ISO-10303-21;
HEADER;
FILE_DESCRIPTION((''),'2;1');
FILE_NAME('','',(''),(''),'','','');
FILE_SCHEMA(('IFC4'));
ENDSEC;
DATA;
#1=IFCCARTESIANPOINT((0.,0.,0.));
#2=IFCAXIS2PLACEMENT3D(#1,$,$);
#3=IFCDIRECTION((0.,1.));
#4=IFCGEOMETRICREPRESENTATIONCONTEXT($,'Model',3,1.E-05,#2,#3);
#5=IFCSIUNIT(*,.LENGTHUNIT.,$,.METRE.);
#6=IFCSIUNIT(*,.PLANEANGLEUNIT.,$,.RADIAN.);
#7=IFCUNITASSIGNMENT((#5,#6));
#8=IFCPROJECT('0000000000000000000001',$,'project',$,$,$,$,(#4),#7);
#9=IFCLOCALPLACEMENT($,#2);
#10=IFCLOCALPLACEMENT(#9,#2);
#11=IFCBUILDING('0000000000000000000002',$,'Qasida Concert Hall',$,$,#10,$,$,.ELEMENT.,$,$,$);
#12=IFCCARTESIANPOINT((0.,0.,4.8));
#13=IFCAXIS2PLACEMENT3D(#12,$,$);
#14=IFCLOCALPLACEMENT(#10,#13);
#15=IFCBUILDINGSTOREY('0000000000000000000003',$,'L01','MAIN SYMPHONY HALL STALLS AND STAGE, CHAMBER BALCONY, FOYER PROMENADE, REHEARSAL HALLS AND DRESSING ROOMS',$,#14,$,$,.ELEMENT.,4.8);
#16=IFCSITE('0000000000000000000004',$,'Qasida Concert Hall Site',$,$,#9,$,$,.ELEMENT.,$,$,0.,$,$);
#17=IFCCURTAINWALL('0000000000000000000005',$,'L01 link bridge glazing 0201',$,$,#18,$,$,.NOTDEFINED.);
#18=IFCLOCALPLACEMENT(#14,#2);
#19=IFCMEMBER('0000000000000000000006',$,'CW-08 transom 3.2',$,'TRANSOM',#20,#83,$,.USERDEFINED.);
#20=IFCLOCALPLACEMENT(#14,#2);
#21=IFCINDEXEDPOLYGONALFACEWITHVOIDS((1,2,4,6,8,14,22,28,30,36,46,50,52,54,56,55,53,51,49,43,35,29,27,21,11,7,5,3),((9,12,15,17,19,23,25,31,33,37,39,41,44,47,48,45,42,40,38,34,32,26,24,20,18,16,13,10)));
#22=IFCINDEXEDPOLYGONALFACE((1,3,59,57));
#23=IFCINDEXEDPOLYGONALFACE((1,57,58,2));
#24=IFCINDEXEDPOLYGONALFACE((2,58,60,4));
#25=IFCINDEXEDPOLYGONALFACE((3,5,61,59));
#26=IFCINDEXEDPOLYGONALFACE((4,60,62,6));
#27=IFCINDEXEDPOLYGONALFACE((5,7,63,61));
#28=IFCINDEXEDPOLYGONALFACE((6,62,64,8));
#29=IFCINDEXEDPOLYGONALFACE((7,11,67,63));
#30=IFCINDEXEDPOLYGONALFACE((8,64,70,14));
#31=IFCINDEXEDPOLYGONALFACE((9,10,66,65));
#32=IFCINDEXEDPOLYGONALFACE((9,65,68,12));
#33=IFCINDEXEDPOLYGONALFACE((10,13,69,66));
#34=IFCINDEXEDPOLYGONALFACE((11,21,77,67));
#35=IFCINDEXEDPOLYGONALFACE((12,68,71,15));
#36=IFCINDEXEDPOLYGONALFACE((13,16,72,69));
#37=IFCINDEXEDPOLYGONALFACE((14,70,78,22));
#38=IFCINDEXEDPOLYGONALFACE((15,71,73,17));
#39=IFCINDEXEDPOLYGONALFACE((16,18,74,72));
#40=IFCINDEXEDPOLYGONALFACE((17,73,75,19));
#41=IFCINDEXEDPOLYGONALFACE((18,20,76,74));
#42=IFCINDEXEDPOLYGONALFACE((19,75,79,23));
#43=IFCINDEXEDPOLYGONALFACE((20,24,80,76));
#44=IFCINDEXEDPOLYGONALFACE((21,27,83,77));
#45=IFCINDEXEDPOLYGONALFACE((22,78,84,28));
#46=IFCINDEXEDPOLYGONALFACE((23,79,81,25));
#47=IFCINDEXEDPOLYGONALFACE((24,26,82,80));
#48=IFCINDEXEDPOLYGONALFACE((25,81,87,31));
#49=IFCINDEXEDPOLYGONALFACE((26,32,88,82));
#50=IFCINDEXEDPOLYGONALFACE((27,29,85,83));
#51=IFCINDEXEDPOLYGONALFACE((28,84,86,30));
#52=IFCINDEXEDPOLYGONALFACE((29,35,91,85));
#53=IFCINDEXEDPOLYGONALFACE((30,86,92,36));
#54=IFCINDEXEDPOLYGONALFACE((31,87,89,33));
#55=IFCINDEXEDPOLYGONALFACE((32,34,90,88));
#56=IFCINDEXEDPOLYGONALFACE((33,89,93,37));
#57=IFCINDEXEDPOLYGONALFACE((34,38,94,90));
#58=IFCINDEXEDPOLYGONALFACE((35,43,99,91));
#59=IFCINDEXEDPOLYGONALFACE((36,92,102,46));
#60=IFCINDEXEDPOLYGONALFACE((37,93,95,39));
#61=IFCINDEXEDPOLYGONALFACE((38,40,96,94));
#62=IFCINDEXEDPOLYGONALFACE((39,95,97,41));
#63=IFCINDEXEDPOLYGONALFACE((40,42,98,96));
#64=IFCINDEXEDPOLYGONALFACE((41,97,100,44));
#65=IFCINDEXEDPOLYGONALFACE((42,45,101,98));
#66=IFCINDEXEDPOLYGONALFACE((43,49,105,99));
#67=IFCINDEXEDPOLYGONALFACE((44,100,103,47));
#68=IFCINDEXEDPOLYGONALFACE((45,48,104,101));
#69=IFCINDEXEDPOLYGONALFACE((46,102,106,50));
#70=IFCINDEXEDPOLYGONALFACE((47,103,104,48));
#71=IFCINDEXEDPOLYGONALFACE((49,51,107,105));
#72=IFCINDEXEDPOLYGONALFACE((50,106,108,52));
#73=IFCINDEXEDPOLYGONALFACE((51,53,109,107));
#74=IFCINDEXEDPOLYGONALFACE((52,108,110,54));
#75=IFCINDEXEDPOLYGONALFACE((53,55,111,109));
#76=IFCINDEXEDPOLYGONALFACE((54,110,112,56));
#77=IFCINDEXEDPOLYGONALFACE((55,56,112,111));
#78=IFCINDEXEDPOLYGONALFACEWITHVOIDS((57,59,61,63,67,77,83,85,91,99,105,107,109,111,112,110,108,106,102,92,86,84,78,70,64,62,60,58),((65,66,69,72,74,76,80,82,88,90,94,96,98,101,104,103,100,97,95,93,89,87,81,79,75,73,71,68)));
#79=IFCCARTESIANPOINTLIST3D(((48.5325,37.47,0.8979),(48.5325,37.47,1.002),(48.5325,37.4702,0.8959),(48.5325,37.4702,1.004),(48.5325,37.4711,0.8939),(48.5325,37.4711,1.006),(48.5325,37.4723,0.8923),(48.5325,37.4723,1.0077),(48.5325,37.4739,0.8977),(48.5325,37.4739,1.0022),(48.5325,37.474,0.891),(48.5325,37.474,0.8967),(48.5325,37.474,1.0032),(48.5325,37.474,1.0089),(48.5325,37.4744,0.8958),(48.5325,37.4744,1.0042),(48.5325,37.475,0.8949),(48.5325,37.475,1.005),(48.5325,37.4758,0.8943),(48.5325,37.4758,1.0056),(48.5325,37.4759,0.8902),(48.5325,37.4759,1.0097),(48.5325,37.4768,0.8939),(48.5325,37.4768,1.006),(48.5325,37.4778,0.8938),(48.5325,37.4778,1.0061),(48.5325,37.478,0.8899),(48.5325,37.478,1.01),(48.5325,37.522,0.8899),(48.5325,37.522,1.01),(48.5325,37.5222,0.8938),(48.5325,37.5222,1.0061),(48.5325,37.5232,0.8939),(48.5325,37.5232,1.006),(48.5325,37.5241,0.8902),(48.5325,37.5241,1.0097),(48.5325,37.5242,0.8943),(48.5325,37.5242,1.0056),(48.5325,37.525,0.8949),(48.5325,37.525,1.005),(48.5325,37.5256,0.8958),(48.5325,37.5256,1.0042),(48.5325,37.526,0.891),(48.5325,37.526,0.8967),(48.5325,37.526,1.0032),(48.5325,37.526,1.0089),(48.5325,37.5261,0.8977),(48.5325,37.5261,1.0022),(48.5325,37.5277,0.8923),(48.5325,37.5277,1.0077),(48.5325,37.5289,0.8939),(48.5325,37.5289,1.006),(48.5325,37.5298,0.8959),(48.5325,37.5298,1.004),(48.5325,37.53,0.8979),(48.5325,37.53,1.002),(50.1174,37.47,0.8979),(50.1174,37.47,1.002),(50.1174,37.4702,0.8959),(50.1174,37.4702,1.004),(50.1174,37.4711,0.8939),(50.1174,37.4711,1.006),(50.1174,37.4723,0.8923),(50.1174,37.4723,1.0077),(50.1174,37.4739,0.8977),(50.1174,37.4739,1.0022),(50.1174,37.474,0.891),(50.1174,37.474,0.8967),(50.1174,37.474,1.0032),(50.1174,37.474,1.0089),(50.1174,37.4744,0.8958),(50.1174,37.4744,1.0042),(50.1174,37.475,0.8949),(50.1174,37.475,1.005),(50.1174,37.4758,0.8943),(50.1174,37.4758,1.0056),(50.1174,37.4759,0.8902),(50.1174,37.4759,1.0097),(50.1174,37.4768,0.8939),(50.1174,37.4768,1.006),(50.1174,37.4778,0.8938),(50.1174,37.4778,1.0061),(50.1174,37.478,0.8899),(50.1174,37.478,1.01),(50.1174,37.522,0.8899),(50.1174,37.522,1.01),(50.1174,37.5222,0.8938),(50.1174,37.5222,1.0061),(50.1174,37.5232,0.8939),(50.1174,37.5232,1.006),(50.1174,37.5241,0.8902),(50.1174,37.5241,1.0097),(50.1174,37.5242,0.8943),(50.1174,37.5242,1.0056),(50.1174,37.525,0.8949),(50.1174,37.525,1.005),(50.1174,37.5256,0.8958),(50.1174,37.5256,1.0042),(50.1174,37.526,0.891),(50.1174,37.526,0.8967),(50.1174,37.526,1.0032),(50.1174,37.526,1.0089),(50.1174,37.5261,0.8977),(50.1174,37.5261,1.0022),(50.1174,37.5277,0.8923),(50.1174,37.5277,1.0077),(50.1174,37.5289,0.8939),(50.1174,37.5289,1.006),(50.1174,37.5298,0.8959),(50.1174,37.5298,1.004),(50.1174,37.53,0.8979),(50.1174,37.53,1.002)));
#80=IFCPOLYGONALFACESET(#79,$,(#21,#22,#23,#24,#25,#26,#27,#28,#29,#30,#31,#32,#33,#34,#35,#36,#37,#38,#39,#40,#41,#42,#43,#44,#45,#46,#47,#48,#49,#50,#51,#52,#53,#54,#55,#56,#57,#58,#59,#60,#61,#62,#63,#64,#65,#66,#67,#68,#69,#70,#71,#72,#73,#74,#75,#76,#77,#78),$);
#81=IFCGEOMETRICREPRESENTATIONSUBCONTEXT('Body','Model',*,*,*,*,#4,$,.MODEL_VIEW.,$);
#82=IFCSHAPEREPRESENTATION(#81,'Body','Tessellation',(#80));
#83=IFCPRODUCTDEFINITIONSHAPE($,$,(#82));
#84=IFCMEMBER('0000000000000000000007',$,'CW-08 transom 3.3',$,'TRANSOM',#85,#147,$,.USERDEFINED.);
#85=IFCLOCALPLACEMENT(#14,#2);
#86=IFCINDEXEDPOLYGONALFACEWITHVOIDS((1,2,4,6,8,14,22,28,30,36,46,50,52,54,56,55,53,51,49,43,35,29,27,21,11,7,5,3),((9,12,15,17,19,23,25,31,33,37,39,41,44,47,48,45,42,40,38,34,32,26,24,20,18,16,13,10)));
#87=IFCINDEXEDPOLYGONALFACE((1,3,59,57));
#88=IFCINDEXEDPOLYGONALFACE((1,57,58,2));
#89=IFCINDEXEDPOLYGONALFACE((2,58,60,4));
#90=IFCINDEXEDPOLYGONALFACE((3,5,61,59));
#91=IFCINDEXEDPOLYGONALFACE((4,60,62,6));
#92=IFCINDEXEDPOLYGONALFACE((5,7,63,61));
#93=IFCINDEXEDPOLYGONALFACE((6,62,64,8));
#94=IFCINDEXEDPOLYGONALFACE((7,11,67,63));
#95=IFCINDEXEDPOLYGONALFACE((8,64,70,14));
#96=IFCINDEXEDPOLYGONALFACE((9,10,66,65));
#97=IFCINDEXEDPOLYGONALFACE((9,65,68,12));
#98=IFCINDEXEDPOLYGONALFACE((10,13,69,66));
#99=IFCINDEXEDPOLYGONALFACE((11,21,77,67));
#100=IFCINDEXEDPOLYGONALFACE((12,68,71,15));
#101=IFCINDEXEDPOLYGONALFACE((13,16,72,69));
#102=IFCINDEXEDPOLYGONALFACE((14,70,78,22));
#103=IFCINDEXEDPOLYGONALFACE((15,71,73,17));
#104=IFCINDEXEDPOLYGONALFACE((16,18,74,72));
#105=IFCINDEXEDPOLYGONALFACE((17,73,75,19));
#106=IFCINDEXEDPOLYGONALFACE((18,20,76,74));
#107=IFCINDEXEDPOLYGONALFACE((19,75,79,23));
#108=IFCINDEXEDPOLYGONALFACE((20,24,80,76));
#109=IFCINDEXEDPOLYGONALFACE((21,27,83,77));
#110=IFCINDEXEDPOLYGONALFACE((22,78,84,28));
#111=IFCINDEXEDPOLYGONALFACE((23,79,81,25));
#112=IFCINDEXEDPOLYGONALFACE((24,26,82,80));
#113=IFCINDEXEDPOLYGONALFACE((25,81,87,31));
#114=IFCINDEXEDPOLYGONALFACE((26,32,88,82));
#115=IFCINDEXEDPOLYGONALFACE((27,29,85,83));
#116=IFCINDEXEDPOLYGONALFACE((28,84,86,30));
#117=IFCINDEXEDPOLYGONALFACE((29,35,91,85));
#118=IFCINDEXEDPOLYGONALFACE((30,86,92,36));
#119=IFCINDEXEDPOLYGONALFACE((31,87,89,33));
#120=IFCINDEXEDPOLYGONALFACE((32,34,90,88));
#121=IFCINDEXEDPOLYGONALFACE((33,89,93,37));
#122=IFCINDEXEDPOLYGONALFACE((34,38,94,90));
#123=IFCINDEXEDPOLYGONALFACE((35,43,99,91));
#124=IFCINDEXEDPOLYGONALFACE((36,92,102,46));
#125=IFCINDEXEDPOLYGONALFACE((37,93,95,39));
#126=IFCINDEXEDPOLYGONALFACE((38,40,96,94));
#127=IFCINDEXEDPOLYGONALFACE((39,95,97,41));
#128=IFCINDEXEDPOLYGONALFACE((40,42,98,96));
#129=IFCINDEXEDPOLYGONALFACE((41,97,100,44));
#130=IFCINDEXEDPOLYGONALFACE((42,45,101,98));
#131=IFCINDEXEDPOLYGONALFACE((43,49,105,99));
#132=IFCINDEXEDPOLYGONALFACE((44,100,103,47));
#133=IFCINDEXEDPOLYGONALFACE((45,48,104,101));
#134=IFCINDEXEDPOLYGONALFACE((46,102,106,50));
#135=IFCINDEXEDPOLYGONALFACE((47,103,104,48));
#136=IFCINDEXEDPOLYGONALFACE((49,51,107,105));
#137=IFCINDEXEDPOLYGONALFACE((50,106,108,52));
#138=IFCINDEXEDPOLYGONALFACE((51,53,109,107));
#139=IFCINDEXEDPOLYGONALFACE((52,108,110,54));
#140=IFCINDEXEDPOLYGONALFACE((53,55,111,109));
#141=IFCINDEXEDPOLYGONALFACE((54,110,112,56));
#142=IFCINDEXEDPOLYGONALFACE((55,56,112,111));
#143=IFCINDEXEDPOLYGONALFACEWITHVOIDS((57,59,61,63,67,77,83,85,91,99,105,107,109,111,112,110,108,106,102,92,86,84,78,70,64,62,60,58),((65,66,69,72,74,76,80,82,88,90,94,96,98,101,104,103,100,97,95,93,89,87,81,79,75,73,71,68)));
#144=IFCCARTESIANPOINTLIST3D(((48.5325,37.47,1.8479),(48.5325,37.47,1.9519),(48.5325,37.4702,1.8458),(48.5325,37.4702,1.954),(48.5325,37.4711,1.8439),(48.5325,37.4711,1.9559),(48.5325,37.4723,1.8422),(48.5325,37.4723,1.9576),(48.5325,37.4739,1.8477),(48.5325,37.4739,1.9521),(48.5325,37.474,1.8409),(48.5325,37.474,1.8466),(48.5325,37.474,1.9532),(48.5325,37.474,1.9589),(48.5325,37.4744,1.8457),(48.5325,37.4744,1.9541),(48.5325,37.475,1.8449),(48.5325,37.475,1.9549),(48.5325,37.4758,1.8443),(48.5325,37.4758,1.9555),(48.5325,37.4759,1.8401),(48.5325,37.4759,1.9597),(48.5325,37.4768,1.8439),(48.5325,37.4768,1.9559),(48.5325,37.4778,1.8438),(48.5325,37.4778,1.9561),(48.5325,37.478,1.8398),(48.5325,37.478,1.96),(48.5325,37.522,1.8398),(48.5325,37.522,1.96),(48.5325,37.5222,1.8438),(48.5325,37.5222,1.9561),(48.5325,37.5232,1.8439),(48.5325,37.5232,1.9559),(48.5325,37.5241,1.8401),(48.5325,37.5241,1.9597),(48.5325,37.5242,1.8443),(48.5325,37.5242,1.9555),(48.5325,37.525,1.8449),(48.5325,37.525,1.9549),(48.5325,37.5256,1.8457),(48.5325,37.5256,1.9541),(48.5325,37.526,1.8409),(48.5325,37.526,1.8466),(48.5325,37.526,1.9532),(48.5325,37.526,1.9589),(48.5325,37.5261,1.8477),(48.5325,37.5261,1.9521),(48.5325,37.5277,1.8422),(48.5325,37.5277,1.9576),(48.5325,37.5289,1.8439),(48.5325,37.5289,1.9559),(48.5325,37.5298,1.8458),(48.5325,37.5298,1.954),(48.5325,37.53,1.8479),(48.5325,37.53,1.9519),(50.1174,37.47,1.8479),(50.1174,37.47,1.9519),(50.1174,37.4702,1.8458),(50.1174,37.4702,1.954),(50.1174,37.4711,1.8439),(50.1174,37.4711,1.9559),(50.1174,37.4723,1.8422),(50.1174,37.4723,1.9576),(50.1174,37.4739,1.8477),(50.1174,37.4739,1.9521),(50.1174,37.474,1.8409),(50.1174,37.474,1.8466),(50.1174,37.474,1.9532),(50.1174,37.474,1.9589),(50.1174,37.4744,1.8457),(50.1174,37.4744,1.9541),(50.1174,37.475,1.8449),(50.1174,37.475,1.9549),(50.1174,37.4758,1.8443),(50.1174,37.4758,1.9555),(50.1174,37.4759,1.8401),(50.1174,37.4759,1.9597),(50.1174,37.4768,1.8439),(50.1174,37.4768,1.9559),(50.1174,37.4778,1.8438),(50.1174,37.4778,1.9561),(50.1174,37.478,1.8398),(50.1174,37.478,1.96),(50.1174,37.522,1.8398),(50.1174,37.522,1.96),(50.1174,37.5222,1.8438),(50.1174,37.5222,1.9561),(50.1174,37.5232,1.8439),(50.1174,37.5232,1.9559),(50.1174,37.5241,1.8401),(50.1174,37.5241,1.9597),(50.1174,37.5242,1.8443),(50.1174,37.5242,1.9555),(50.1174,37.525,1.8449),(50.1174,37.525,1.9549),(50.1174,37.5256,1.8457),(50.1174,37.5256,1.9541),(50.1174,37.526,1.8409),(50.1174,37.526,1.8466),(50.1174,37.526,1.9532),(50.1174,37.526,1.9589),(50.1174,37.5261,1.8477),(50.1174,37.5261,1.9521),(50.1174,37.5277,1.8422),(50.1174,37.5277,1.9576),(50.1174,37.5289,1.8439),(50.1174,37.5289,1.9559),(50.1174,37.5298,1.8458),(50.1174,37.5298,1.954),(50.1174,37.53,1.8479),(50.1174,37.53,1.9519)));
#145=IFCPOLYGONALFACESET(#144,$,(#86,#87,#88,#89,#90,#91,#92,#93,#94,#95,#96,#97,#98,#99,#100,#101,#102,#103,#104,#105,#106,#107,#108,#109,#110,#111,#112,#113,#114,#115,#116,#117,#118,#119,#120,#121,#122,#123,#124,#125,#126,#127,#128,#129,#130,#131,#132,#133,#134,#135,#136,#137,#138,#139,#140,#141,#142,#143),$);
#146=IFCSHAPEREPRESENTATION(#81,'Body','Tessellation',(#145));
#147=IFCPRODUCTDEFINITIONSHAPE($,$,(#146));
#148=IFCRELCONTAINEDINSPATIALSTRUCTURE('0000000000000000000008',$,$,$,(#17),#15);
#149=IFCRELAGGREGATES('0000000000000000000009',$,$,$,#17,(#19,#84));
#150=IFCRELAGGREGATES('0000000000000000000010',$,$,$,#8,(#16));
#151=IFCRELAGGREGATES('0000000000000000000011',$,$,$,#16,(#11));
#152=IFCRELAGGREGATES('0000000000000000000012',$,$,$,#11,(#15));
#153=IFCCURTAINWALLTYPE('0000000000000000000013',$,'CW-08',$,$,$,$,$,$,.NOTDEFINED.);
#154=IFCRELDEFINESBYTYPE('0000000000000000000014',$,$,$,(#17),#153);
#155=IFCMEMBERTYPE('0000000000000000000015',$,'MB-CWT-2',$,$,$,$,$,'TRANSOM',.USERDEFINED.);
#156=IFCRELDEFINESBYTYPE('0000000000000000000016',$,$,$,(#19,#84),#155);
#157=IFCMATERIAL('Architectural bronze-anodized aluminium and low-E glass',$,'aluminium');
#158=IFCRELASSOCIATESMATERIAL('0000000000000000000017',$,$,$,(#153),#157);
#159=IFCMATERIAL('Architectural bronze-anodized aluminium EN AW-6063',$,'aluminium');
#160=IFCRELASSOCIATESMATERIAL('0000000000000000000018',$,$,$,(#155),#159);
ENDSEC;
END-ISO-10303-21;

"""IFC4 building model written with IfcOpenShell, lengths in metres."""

from ifc_helpers import new_model, si_unit, direction, frame, origin, origin_2d, place, context, subcontext, project, spatial, hollow_rectangle, extrude, material, material_profile, profile_set, type_object, element, aggregate, save


model = new_model("IFC4")

# Units and contexts
model_context = context("Model", 3, precision=1e-05, world=origin(), true_north=direction((0.0, 1.0)))
body_context = subcontext(model_context, "Body", "Model", "MODEL_VIEW")
ifc_project = project(units=[si_unit("LENGTHUNIT", "METRE"), si_unit("PLANEANGLEUNIT", "RADIAN")], contexts=[model_context])

# Site, building, storey
site_placement = place(None, origin())
site = spatial("IfcSite", under=ifc_project, at=site_placement, Name="Qasida Concert Hall Site", CompositionType="ELEMENT", RefElevation=0.0)
building_placement = place(site_placement, origin())
building = spatial("IfcBuilding", under=site, at=building_placement, Name="Qasida Concert Hall", CompositionType="ELEMENT")
storey_placement = place(building_placement, frame((0.0, 0.0, 4.8)))
storey = spatial("IfcBuildingStorey", under=building, at=storey_placement, Name="L01", Description="MAIN SYMPHONY HALL STALLS AND STAGE, CHAMBER BALCONY, FOYER PROMENADE, REHEARSAL HALLS AND DRESSING ROOMS", CompositionType="ELEMENT", Elevation=4.8)

# Shared definitions
ifc_material_1 = material(Name="Architectural bronze-anodized aluminium and low-E glass", Category="aluminium")
ifc_material_2 = material(Name="Architectural bronze-anodized aluminium EN AW-6063", Category="aluminium")

# Curtain wall
curtain_wall_type_1 = type_object("IfcCurtainWallType", Name="CW-08", PredefinedType="NOTDEFINED", material=ifc_material_1)
curtain_wall_1_placement = place(storey_placement, origin())
curtain_wall_1 = element("IfcCurtainWall", 1, at=curtain_wall_1_placement, inside=storey, type_object=curtain_wall_type_1, Name="L01 link bridge glazing 0201", PredefinedType="NOTDEFINED")

# Members
ifc_material_profile_1 = material_profile(ifc_material_2, hollow_rectangle(XDim=0.0601, YDim=0.1201, WallThickness=0.0039, InnerFilletRadius=0.0039, OuterFilletRadius=0.0081, at=origin_2d()), Name="CWT 120x60x4")
ifc_profile_set_1 = profile_set([ifc_material_profile_1], Name="Architectural bronze-anodized aluminium EN AW-6063")
member_type_1 = type_object("IfcMemberType", Name="MB-CWT-2", ElementType="TRANSOM", PredefinedType="USERDEFINED", material=ifc_profile_set_1)
member_1_placement = place(storey_placement, frame((48.5325, 37.5, 0.95), z_axis=(1.0, 0.0, 0.0), x_axis=(0.0, 1.0, 0.0)))
member_1 = element("IfcMember", 2, at=member_1_placement, type_object=member_type_1, Name="CW-08 transom 3.2", ObjectType="TRANSOM", PredefinedType="USERDEFINED", context=body_context, shape_type="SweptSolid", body=[
    extrude(hollow_rectangle(XDim=0.0601, YDim=0.1201, WallThickness=0.0039, InnerFilletRadius=0.0039, OuterFilletRadius=0.0081, at=origin_2d()), origin(), (0.0, 0.0, 1.0), 1.585),
])
member_2_placement = place(storey_placement, frame((48.5325, 37.5, 1.8999), z_axis=(1.0, 0.0, 0.0), x_axis=(0.0, 1.0, 0.0)))
member_2 = element("IfcMember", 3, at=member_2_placement, type_object=member_type_1, Name="CW-08 transom 3.3", ObjectType="TRANSOM", PredefinedType="USERDEFINED", context=body_context, shape_type="SweptSolid", body=[
    extrude(hollow_rectangle(XDim=0.0601, YDim=0.1201, WallThickness=0.0039, InnerFilletRadius=0.0039, OuterFilletRadius=0.0081, at=origin_2d()), origin(), (0.0, 0.0, 1.0), 1.585),
])

aggregate(curtain_wall_1, [member_1, member_2])

save(model, "model.ifc")
